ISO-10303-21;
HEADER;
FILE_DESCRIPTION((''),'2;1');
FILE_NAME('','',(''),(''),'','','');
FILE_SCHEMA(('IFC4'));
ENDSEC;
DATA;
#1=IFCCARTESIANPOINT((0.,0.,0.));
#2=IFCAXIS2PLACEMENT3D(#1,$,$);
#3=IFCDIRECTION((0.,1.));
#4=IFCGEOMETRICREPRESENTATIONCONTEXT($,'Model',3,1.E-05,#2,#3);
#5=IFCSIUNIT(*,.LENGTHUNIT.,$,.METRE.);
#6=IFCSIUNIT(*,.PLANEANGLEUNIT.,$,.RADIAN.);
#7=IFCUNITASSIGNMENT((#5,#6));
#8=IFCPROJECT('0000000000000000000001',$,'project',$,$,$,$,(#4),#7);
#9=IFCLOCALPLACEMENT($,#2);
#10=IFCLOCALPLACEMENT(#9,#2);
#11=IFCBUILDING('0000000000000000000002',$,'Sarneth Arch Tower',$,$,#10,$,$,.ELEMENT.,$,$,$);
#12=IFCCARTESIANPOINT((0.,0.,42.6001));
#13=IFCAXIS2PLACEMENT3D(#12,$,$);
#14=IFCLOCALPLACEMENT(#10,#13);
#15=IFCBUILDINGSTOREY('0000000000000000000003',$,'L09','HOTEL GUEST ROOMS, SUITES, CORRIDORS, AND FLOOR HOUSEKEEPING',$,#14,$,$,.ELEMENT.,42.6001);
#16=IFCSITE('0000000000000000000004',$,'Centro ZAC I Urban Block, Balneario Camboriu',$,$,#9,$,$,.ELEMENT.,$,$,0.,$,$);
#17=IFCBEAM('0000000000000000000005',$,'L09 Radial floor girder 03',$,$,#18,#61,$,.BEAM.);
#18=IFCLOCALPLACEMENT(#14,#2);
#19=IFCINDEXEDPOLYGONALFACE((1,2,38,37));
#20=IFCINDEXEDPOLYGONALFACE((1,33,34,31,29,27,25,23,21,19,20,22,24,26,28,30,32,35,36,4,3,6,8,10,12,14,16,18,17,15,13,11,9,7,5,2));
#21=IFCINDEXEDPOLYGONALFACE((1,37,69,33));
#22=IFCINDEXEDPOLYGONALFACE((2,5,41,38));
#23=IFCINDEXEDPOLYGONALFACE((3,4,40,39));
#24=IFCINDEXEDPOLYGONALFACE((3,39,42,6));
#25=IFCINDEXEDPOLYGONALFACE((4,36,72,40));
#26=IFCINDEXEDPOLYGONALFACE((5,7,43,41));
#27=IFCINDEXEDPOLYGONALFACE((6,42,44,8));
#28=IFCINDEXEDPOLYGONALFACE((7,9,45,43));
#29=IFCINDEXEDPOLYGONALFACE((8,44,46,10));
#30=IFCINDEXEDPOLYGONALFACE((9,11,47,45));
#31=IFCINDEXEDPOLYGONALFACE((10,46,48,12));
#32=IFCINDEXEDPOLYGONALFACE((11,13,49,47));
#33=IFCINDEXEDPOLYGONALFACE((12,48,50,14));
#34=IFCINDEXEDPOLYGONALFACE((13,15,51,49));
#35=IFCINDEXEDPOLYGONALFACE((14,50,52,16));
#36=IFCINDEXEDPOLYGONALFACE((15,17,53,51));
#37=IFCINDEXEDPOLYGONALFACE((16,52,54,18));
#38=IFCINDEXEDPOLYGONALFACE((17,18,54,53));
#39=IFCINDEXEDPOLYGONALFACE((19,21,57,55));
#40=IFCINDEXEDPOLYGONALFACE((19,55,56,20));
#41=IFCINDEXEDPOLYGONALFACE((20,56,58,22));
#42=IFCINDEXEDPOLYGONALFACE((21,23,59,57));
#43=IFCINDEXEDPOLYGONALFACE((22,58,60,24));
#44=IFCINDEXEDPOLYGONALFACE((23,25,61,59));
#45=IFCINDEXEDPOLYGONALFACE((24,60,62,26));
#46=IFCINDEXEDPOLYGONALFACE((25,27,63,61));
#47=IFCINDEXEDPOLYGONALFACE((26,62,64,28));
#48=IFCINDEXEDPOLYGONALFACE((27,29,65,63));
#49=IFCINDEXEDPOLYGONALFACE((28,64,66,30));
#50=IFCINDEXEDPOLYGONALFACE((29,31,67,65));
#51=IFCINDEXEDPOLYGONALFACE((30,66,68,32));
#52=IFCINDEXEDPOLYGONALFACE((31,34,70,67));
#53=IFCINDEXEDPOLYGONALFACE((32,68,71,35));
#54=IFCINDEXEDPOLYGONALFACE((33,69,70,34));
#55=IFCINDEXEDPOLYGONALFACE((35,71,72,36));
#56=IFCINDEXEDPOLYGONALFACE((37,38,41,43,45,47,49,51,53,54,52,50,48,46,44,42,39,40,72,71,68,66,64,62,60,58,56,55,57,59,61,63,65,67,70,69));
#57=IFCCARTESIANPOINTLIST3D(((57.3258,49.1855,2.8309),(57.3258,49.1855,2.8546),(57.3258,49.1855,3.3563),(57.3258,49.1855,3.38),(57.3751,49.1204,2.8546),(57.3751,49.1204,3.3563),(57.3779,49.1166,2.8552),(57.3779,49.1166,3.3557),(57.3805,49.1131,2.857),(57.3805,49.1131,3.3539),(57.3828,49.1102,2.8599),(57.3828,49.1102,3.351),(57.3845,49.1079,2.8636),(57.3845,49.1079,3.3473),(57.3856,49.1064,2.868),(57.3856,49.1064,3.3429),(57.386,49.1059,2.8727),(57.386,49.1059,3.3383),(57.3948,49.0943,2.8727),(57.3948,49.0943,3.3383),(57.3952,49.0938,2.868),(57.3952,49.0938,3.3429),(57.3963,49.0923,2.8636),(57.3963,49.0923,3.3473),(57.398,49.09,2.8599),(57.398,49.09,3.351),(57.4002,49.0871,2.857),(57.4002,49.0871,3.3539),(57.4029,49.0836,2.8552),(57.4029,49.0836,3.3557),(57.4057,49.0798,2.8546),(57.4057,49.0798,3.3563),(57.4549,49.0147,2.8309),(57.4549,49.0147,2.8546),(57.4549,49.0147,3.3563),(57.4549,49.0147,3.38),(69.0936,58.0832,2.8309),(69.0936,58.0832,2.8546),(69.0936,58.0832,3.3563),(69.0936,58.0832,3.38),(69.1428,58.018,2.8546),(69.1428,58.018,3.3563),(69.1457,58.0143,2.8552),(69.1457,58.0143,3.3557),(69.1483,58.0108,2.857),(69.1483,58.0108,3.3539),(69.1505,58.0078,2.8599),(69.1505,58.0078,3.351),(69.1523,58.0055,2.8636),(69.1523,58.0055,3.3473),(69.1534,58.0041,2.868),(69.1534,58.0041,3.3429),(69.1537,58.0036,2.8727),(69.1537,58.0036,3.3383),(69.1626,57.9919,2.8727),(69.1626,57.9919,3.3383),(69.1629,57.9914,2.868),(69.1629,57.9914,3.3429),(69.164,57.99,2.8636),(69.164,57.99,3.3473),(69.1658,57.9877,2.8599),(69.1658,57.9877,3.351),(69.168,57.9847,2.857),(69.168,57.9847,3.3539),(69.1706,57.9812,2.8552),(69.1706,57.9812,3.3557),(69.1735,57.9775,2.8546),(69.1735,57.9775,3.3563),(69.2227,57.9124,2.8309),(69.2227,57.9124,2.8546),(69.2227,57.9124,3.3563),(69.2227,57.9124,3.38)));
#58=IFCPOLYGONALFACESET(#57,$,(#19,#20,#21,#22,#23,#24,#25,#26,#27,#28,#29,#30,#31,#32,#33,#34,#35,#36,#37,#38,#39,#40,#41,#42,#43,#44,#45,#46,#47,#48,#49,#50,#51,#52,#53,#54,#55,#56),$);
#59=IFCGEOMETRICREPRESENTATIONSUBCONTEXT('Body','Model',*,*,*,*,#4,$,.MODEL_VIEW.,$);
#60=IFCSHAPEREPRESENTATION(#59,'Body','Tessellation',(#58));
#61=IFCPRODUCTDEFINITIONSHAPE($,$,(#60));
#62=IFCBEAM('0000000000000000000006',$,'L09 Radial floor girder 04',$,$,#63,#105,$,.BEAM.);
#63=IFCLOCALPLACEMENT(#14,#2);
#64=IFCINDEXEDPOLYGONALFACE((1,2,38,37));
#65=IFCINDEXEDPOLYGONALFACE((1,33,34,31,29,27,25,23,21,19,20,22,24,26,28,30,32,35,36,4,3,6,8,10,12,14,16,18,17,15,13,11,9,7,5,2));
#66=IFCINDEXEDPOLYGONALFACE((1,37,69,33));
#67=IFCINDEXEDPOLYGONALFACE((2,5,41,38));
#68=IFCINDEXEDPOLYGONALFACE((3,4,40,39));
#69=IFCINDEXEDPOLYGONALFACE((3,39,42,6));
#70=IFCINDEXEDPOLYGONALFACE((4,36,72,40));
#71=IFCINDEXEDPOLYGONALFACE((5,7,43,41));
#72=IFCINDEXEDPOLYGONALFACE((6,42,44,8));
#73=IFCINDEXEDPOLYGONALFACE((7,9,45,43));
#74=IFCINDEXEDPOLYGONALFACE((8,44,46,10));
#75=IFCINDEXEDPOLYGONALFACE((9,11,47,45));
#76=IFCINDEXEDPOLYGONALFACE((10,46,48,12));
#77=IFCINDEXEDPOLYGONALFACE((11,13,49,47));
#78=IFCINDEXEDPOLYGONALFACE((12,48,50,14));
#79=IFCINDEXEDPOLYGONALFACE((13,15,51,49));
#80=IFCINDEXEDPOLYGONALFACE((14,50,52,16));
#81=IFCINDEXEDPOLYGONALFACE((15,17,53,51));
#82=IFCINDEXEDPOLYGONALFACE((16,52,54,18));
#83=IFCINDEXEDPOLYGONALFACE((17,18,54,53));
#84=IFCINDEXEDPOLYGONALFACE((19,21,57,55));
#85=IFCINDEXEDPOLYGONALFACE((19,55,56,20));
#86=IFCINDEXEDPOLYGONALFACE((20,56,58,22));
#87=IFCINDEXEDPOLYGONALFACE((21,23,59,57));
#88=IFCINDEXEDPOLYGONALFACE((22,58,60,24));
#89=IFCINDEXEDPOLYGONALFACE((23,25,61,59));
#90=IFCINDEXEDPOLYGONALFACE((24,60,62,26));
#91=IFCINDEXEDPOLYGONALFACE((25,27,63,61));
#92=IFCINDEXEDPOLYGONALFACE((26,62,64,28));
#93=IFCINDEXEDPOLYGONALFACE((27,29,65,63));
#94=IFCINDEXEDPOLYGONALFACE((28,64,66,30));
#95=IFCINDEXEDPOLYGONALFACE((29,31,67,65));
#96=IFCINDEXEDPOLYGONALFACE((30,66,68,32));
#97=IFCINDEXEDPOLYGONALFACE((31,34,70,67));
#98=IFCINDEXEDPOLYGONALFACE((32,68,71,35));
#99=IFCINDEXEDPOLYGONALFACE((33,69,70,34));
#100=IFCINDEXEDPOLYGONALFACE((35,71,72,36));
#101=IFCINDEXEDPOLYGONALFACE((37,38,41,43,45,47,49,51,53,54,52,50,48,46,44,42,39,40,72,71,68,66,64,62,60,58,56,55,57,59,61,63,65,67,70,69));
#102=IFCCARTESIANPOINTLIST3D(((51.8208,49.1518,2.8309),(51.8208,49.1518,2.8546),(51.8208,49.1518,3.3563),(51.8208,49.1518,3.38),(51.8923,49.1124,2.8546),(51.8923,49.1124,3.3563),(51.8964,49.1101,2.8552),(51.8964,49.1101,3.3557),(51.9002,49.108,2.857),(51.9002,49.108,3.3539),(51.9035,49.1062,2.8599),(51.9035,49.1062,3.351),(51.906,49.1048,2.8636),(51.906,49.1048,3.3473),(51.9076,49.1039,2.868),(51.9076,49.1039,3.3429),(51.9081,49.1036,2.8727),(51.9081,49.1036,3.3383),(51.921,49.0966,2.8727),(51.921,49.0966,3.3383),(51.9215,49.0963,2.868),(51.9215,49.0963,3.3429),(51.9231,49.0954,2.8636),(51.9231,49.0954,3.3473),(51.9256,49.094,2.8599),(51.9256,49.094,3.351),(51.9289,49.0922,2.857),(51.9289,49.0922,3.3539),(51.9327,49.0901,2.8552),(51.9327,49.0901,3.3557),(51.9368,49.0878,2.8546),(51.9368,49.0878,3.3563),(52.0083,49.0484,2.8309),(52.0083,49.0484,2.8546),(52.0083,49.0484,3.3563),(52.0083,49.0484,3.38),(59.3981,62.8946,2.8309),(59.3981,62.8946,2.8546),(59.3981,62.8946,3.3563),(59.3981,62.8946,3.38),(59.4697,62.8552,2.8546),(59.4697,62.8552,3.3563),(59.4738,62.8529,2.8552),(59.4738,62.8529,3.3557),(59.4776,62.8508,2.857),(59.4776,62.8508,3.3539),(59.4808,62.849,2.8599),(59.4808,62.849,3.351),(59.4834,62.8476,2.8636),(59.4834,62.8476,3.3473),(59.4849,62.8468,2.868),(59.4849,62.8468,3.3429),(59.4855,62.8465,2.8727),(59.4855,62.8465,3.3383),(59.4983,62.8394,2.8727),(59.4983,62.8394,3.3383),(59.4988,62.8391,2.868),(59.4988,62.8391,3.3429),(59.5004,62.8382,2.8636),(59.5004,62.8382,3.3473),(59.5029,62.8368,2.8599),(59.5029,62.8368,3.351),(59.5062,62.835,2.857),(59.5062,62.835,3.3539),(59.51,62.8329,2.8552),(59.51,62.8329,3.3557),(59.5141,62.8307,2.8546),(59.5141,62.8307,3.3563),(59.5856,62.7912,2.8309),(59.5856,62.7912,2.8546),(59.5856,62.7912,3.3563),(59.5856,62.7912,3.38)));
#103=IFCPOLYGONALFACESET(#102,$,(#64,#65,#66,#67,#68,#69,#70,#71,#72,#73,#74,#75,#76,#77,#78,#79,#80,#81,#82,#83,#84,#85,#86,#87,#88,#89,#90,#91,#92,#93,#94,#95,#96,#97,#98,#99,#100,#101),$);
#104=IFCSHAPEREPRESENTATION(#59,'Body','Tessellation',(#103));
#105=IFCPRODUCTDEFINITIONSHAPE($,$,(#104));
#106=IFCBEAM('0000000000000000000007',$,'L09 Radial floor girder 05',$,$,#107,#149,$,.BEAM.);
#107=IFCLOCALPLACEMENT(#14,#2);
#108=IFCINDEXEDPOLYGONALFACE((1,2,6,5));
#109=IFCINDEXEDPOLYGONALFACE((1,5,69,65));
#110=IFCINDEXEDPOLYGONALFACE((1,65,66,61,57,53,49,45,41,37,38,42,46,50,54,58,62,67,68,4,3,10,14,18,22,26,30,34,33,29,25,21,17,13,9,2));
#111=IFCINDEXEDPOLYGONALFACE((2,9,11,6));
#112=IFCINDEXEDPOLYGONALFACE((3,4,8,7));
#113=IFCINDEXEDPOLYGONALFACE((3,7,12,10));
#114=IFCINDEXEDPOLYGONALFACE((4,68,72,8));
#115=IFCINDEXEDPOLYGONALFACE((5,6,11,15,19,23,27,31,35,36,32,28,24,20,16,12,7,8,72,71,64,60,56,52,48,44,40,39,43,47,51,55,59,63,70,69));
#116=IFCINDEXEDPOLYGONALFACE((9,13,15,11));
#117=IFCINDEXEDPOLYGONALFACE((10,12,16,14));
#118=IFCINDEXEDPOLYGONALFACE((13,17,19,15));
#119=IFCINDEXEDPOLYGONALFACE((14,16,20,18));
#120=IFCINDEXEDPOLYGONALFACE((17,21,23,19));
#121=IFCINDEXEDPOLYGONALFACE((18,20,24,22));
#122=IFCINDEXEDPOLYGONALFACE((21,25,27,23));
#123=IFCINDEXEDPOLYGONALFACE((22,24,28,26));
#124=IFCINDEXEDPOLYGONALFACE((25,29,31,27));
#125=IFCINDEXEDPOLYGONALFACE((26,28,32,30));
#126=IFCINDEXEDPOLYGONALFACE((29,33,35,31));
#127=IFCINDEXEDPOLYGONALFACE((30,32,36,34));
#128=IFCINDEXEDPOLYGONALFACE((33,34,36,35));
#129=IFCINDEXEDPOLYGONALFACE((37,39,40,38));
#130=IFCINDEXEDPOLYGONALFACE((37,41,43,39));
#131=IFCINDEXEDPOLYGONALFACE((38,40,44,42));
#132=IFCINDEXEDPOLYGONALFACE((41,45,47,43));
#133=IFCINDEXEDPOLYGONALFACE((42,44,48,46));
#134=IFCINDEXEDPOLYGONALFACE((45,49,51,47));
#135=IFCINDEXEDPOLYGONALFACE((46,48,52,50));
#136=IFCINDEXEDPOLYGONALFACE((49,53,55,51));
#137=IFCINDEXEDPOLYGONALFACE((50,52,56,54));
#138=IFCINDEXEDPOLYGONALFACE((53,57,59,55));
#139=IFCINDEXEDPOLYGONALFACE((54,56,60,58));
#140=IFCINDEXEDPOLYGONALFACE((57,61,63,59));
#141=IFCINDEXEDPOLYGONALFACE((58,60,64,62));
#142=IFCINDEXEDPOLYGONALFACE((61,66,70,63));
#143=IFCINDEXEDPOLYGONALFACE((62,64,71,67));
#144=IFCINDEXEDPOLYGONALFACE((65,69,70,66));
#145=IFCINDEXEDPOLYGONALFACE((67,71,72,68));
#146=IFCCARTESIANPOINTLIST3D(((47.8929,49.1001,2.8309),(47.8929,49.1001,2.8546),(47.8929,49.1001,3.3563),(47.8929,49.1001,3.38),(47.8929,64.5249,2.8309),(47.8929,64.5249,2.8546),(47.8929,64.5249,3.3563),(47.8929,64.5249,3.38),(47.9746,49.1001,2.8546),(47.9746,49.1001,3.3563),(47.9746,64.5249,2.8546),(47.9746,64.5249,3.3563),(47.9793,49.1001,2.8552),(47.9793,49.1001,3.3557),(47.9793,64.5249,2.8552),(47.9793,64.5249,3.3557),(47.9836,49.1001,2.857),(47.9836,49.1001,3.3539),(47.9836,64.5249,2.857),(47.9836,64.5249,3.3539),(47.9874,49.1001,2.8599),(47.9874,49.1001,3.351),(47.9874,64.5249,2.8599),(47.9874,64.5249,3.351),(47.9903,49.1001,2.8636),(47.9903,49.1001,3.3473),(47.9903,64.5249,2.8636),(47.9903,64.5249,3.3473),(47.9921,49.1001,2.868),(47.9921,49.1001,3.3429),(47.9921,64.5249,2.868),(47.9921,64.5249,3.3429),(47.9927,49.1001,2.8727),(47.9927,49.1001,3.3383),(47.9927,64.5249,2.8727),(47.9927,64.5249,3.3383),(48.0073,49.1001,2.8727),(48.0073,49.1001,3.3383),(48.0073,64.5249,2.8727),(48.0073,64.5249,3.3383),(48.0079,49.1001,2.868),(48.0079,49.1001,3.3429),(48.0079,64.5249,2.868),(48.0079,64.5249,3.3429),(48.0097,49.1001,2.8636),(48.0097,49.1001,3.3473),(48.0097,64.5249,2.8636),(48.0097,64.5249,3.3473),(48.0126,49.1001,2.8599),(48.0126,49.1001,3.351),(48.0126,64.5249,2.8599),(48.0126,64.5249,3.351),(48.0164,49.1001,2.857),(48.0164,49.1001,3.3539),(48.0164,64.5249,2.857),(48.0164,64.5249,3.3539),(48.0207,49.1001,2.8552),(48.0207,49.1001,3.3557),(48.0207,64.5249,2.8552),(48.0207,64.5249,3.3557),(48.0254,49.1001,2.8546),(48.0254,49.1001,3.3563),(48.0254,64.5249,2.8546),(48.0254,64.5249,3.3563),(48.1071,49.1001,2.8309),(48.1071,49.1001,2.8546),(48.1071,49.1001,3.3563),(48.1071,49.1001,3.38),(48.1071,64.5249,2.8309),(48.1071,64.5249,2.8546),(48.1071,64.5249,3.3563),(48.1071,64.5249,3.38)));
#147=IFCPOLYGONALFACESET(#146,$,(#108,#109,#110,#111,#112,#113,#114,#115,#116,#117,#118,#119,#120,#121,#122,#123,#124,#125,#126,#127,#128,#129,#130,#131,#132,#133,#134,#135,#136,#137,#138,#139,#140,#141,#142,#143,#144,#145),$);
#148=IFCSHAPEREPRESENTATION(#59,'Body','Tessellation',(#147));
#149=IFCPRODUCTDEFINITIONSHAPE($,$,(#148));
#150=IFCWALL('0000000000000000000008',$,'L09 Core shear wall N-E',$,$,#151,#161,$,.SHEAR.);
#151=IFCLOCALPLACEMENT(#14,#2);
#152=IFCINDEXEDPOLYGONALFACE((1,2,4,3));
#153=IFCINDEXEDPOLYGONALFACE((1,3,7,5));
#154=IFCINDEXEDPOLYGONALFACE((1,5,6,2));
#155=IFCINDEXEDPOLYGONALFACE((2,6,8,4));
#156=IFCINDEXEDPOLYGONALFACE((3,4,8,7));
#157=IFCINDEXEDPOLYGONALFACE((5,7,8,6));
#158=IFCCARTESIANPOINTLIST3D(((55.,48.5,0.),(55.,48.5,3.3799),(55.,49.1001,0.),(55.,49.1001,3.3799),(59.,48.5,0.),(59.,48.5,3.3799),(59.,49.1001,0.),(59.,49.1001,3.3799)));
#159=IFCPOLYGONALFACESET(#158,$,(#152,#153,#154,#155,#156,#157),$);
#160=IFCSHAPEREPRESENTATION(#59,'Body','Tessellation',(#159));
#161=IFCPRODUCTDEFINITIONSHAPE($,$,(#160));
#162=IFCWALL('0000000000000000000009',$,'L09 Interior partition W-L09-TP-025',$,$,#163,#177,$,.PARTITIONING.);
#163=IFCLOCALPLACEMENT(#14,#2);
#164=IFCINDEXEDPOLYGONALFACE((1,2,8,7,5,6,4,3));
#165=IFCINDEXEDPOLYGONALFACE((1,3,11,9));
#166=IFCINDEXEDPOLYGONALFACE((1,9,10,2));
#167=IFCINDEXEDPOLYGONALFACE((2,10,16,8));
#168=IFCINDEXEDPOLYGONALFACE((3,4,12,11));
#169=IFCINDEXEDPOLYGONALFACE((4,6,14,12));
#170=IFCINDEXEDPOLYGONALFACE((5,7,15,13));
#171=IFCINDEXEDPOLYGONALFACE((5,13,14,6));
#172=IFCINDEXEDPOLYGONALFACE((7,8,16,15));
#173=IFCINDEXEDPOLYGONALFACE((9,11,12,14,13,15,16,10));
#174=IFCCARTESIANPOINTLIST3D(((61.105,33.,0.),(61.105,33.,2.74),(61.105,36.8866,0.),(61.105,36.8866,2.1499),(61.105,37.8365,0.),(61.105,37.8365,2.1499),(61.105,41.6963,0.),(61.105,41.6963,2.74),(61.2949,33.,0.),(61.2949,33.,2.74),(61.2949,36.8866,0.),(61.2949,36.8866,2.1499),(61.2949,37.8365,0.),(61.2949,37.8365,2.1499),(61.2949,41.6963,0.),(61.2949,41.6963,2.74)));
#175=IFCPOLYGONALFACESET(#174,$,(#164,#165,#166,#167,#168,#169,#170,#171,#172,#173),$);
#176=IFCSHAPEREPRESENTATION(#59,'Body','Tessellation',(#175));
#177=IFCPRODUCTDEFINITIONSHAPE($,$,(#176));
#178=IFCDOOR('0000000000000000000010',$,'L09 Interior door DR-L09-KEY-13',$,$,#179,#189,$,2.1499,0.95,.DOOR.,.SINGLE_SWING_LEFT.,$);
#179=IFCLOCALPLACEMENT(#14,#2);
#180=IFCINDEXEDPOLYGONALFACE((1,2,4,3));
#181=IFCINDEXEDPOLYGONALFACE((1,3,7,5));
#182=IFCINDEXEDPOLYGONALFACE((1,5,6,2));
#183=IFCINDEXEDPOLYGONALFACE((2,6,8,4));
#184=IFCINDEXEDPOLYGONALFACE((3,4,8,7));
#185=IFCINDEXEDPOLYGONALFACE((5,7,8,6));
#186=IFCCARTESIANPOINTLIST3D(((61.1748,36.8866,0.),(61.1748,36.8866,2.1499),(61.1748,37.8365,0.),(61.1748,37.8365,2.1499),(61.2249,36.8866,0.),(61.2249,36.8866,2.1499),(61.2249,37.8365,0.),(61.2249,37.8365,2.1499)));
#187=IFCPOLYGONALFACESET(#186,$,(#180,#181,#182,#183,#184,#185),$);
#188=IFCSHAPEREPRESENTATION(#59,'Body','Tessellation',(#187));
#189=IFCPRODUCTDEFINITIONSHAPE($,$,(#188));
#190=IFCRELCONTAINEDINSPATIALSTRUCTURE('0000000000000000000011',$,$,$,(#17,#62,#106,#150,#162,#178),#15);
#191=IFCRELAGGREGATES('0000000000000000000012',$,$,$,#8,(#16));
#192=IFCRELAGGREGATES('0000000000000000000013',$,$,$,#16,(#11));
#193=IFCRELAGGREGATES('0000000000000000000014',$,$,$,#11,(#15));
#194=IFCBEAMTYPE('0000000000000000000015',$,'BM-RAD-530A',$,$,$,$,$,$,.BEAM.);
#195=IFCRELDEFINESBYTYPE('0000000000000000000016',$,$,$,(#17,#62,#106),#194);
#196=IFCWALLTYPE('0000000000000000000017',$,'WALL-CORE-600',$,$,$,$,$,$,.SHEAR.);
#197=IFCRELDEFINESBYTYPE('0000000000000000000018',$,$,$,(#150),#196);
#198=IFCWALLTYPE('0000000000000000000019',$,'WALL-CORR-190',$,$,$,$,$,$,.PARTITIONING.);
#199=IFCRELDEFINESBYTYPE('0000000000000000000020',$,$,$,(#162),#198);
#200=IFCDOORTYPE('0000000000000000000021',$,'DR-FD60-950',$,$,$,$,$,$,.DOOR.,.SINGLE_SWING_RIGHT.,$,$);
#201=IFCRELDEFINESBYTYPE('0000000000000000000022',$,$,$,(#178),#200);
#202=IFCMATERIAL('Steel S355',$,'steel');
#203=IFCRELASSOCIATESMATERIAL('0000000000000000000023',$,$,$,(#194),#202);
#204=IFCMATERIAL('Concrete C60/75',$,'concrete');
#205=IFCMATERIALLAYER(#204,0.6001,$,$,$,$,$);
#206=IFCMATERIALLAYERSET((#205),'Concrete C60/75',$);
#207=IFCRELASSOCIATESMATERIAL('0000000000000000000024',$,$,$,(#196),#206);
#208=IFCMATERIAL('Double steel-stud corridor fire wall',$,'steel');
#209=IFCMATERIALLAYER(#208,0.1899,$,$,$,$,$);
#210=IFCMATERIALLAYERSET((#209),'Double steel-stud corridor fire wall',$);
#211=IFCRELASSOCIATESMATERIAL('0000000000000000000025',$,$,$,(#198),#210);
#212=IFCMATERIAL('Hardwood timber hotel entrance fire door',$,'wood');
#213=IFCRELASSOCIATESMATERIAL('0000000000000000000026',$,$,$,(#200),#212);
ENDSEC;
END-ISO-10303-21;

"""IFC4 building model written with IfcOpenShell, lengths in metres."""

from ifc_helpers import new_model, si_unit, direction, frame, frame_2d, origin, origin_2d, place, context, subcontext, project, spatial, rectangle, i_section, extrude, material, layer, layer_set, material_profile, profile_set, type_object, element, fill, save


model = new_model("IFC4")

# Units and contexts
model_context = context("Model", 3, precision=1e-05, world=origin(), true_north=direction((0.0, 1.0)))
body_context = subcontext(model_context, "Body", "Model", "MODEL_VIEW")
ifc_project = project(units=[si_unit("LENGTHUNIT", "METRE"), si_unit("PLANEANGLEUNIT", "RADIAN")], contexts=[model_context])

# Site, building, storey
site_placement = place(None, origin())
site = spatial("IfcSite", under=ifc_project, at=site_placement, Name="Centro ZAC I Urban Block, Balneario Camboriu", CompositionType="ELEMENT", RefElevation=0.0)
building_placement = place(site_placement, origin())
building = spatial("IfcBuilding", under=site, at=building_placement, Name="Sarneth Arch Tower", CompositionType="ELEMENT")
storey_placement = place(building_placement, frame((0.0, 0.0, 42.6001)))
storey = spatial("IfcBuildingStorey", under=building, at=storey_placement, Name="L09", Description="HOTEL GUEST ROOMS, SUITES, CORRIDORS, AND FLOOR HOUSEKEEPING", CompositionType="ELEMENT", Elevation=42.6001)

# Beams
ifc_material_1 = material(Name="Steel S355", Category="steel")
ifc_material_profile_1 = material_profile(ifc_material_1, i_section(OverallWidth=0.2141, OverallDepth=0.5491, WebThickness=0.0146, FlangeThickness=0.0237, FilletRadius=0.0181, at=origin_2d()), Name="W530x138")
ifc_profile_set_1 = profile_set([ifc_material_profile_1], Name="Steel S355")
beam_type_1 = type_object("IfcBeamType", Name="BM-RAD-530A", PredefinedType="BEAM", material=ifc_profile_set_1)
beam_1_placement = place(storey_placement, frame((57.3904, 49.1001, 3.1055), z_axis=(0.797657, 0.603112, 0.0), x_axis=(-0.603112, 0.797657, 0.0)))
element("IfcBeam", 1, at=beam_1_placement, inside=storey, type_object=beam_type_1, Name="L09 Radial floor girder 03", PredefinedType="BEAM", context=body_context, shape_type="SweptSolid", body=[
    extrude(i_section(OverallWidth=0.2141, OverallDepth=0.5491, WebThickness=0.0146, FlangeThickness=0.0237, FilletRadius=0.0181, at=origin_2d()), origin(), (0.0, 0.0, 1.0), 14.7529),
])
beam_2_placement = place(storey_placement, frame((51.9146, 49.1001, 3.1055), z_axis=(0.482838, 0.87571, 0.0), x_axis=(-0.87571, 0.482838, 0.0)))
element("IfcBeam", 2, at=beam_2_placement, inside=storey, type_object=beam_type_1, Name="L09 Radial floor girder 04", PredefinedType="BEAM", context=body_context, shape_type="SweptSolid", body=[
    extrude(i_section(OverallWidth=0.2141, OverallDepth=0.5491, WebThickness=0.0146, FlangeThickness=0.0237, FilletRadius=0.0181, at=origin_2d()), origin(), (0.0, 0.0, 1.0), 15.6934),
])
beam_3_placement = place(storey_placement, frame((48.0, 49.1001, 3.1055), z_axis=(0.0, 1.0, 0.0), x_axis=(-1.0, 0.0, 0.0)))
element("IfcBeam", 3, at=beam_3_placement, inside=storey, type_object=beam_type_1, Name="L09 Radial floor girder 05", PredefinedType="BEAM", context=body_context, shape_type="SweptSolid", body=[
    extrude(i_section(OverallWidth=0.2141, OverallDepth=0.5491, WebThickness=0.0146, FlangeThickness=0.0237, FilletRadius=0.0181, at=origin_2d()), origin(), (0.0, 0.0, 1.0), 15.4248),
])

# Wall
ifc_material_2 = material(Name="Concrete C60/75", Category="concrete")
ifc_layer_1 = layer(ifc_material_2, 0.6001)
ifc_layer_set_1 = layer_set([ifc_layer_1], Name="Concrete C60/75")
wall_type_1 = type_object("IfcWallType", Name="WALL-CORE-600", PredefinedType="SHEAR", material=ifc_layer_set_1)
wall_1_placement = place(storey_placement, frame((55.0, 48.8, 0.0), z_axis=(0.0, 0.0, 1.0), x_axis=(1.0, 0.0, 0.0)))
element("IfcWall", 4, at=wall_1_placement, inside=storey, type_object=wall_type_1, Name="L09 Core shear wall N-E", PredefinedType="SHEAR", context=body_context, shape_type="SweptSolid", body=[
    extrude(rectangle(XDim=4.0, YDim=0.6001, at=frame_2d((2.0, 0.0))), origin(), (0.0, 0.0, 1.0), 3.3799),
])

# Wall, opening, door
ifc_material_3 = material(Name="Double steel-stud corridor fire wall", Category="steel")
ifc_layer_2 = layer(ifc_material_3, 0.1899)
ifc_layer_set_2 = layer_set([ifc_layer_2], Name="Double steel-stud corridor fire wall")
wall_type_2 = type_object("IfcWallType", Name="WALL-CORR-190", PredefinedType="PARTITIONING", material=ifc_layer_set_2)
wall_2_placement = place(storey_placement, frame((61.2, 41.6963, 0.0), z_axis=(0.0, 0.0, 1.0), x_axis=(0.0, -1.0, 0.0)))
wall_2 = element("IfcWall", 5, at=wall_2_placement, inside=storey, type_object=wall_type_2, Name="L09 Interior partition W-L09-TP-025", PredefinedType="PARTITIONING", context=body_context, shape_type="SweptSolid", body=[
    extrude(rectangle(XDim=8.6963, YDim=0.1899, at=frame_2d((4.3481, 0.0))), origin(), (0.0, 0.0, 1.0), 2.74),
])
opening_1_placement = place(wall_2_placement, frame((3.8596, 0.0, 0.0)))
opening_1 = element("IfcOpeningElement", 6, at=opening_1_placement, cuts=wall_2, PredefinedType="OPENING", context=body_context, shape_type="SweptSolid", body=[
    extrude(rectangle(XDim=0.95, YDim=2.1499, at=frame_2d((0.4751, 1.075))), frame((0.0, 0.105, 0.0), z_axis=(0.0, -1.0, 0.0), x_axis=(1.0, 0.0, 0.0)), (0.0, 0.0, 1.0), 0.21),
])
ifc_material_4 = material(Name="Hardwood timber hotel entrance fire door", Category="wood")
door_type_1 = type_object("IfcDoorType", Name="DR-FD60-950", OperationType="SINGLE_SWING_RIGHT", PredefinedType="DOOR", material=ifc_material_4)
door_1_placement = place(opening_1_placement, origin())
door_1 = element("IfcDoor", 7, at=door_1_placement, inside=storey, type_object=door_type_1, Name="L09 Interior door DR-L09-KEY-13", OperationType="SINGLE_SWING_LEFT", OverallHeight=2.1499, OverallWidth=0.95, PredefinedType="DOOR", context=body_context, shape_type="SweptSolid", body=[
    extrude(rectangle(XDim=0.95, YDim=2.1499, at=frame_2d((0.4751, 1.075))), frame((0.0, 0.0249, 0.0), z_axis=(0.0, -1.0, 0.0), x_axis=(1.0, 0.0, 0.0)), (0.0, 0.0, 1.0), 0.05),
])
fill(opening_1, door_1)

save(model, "model.ifc")
